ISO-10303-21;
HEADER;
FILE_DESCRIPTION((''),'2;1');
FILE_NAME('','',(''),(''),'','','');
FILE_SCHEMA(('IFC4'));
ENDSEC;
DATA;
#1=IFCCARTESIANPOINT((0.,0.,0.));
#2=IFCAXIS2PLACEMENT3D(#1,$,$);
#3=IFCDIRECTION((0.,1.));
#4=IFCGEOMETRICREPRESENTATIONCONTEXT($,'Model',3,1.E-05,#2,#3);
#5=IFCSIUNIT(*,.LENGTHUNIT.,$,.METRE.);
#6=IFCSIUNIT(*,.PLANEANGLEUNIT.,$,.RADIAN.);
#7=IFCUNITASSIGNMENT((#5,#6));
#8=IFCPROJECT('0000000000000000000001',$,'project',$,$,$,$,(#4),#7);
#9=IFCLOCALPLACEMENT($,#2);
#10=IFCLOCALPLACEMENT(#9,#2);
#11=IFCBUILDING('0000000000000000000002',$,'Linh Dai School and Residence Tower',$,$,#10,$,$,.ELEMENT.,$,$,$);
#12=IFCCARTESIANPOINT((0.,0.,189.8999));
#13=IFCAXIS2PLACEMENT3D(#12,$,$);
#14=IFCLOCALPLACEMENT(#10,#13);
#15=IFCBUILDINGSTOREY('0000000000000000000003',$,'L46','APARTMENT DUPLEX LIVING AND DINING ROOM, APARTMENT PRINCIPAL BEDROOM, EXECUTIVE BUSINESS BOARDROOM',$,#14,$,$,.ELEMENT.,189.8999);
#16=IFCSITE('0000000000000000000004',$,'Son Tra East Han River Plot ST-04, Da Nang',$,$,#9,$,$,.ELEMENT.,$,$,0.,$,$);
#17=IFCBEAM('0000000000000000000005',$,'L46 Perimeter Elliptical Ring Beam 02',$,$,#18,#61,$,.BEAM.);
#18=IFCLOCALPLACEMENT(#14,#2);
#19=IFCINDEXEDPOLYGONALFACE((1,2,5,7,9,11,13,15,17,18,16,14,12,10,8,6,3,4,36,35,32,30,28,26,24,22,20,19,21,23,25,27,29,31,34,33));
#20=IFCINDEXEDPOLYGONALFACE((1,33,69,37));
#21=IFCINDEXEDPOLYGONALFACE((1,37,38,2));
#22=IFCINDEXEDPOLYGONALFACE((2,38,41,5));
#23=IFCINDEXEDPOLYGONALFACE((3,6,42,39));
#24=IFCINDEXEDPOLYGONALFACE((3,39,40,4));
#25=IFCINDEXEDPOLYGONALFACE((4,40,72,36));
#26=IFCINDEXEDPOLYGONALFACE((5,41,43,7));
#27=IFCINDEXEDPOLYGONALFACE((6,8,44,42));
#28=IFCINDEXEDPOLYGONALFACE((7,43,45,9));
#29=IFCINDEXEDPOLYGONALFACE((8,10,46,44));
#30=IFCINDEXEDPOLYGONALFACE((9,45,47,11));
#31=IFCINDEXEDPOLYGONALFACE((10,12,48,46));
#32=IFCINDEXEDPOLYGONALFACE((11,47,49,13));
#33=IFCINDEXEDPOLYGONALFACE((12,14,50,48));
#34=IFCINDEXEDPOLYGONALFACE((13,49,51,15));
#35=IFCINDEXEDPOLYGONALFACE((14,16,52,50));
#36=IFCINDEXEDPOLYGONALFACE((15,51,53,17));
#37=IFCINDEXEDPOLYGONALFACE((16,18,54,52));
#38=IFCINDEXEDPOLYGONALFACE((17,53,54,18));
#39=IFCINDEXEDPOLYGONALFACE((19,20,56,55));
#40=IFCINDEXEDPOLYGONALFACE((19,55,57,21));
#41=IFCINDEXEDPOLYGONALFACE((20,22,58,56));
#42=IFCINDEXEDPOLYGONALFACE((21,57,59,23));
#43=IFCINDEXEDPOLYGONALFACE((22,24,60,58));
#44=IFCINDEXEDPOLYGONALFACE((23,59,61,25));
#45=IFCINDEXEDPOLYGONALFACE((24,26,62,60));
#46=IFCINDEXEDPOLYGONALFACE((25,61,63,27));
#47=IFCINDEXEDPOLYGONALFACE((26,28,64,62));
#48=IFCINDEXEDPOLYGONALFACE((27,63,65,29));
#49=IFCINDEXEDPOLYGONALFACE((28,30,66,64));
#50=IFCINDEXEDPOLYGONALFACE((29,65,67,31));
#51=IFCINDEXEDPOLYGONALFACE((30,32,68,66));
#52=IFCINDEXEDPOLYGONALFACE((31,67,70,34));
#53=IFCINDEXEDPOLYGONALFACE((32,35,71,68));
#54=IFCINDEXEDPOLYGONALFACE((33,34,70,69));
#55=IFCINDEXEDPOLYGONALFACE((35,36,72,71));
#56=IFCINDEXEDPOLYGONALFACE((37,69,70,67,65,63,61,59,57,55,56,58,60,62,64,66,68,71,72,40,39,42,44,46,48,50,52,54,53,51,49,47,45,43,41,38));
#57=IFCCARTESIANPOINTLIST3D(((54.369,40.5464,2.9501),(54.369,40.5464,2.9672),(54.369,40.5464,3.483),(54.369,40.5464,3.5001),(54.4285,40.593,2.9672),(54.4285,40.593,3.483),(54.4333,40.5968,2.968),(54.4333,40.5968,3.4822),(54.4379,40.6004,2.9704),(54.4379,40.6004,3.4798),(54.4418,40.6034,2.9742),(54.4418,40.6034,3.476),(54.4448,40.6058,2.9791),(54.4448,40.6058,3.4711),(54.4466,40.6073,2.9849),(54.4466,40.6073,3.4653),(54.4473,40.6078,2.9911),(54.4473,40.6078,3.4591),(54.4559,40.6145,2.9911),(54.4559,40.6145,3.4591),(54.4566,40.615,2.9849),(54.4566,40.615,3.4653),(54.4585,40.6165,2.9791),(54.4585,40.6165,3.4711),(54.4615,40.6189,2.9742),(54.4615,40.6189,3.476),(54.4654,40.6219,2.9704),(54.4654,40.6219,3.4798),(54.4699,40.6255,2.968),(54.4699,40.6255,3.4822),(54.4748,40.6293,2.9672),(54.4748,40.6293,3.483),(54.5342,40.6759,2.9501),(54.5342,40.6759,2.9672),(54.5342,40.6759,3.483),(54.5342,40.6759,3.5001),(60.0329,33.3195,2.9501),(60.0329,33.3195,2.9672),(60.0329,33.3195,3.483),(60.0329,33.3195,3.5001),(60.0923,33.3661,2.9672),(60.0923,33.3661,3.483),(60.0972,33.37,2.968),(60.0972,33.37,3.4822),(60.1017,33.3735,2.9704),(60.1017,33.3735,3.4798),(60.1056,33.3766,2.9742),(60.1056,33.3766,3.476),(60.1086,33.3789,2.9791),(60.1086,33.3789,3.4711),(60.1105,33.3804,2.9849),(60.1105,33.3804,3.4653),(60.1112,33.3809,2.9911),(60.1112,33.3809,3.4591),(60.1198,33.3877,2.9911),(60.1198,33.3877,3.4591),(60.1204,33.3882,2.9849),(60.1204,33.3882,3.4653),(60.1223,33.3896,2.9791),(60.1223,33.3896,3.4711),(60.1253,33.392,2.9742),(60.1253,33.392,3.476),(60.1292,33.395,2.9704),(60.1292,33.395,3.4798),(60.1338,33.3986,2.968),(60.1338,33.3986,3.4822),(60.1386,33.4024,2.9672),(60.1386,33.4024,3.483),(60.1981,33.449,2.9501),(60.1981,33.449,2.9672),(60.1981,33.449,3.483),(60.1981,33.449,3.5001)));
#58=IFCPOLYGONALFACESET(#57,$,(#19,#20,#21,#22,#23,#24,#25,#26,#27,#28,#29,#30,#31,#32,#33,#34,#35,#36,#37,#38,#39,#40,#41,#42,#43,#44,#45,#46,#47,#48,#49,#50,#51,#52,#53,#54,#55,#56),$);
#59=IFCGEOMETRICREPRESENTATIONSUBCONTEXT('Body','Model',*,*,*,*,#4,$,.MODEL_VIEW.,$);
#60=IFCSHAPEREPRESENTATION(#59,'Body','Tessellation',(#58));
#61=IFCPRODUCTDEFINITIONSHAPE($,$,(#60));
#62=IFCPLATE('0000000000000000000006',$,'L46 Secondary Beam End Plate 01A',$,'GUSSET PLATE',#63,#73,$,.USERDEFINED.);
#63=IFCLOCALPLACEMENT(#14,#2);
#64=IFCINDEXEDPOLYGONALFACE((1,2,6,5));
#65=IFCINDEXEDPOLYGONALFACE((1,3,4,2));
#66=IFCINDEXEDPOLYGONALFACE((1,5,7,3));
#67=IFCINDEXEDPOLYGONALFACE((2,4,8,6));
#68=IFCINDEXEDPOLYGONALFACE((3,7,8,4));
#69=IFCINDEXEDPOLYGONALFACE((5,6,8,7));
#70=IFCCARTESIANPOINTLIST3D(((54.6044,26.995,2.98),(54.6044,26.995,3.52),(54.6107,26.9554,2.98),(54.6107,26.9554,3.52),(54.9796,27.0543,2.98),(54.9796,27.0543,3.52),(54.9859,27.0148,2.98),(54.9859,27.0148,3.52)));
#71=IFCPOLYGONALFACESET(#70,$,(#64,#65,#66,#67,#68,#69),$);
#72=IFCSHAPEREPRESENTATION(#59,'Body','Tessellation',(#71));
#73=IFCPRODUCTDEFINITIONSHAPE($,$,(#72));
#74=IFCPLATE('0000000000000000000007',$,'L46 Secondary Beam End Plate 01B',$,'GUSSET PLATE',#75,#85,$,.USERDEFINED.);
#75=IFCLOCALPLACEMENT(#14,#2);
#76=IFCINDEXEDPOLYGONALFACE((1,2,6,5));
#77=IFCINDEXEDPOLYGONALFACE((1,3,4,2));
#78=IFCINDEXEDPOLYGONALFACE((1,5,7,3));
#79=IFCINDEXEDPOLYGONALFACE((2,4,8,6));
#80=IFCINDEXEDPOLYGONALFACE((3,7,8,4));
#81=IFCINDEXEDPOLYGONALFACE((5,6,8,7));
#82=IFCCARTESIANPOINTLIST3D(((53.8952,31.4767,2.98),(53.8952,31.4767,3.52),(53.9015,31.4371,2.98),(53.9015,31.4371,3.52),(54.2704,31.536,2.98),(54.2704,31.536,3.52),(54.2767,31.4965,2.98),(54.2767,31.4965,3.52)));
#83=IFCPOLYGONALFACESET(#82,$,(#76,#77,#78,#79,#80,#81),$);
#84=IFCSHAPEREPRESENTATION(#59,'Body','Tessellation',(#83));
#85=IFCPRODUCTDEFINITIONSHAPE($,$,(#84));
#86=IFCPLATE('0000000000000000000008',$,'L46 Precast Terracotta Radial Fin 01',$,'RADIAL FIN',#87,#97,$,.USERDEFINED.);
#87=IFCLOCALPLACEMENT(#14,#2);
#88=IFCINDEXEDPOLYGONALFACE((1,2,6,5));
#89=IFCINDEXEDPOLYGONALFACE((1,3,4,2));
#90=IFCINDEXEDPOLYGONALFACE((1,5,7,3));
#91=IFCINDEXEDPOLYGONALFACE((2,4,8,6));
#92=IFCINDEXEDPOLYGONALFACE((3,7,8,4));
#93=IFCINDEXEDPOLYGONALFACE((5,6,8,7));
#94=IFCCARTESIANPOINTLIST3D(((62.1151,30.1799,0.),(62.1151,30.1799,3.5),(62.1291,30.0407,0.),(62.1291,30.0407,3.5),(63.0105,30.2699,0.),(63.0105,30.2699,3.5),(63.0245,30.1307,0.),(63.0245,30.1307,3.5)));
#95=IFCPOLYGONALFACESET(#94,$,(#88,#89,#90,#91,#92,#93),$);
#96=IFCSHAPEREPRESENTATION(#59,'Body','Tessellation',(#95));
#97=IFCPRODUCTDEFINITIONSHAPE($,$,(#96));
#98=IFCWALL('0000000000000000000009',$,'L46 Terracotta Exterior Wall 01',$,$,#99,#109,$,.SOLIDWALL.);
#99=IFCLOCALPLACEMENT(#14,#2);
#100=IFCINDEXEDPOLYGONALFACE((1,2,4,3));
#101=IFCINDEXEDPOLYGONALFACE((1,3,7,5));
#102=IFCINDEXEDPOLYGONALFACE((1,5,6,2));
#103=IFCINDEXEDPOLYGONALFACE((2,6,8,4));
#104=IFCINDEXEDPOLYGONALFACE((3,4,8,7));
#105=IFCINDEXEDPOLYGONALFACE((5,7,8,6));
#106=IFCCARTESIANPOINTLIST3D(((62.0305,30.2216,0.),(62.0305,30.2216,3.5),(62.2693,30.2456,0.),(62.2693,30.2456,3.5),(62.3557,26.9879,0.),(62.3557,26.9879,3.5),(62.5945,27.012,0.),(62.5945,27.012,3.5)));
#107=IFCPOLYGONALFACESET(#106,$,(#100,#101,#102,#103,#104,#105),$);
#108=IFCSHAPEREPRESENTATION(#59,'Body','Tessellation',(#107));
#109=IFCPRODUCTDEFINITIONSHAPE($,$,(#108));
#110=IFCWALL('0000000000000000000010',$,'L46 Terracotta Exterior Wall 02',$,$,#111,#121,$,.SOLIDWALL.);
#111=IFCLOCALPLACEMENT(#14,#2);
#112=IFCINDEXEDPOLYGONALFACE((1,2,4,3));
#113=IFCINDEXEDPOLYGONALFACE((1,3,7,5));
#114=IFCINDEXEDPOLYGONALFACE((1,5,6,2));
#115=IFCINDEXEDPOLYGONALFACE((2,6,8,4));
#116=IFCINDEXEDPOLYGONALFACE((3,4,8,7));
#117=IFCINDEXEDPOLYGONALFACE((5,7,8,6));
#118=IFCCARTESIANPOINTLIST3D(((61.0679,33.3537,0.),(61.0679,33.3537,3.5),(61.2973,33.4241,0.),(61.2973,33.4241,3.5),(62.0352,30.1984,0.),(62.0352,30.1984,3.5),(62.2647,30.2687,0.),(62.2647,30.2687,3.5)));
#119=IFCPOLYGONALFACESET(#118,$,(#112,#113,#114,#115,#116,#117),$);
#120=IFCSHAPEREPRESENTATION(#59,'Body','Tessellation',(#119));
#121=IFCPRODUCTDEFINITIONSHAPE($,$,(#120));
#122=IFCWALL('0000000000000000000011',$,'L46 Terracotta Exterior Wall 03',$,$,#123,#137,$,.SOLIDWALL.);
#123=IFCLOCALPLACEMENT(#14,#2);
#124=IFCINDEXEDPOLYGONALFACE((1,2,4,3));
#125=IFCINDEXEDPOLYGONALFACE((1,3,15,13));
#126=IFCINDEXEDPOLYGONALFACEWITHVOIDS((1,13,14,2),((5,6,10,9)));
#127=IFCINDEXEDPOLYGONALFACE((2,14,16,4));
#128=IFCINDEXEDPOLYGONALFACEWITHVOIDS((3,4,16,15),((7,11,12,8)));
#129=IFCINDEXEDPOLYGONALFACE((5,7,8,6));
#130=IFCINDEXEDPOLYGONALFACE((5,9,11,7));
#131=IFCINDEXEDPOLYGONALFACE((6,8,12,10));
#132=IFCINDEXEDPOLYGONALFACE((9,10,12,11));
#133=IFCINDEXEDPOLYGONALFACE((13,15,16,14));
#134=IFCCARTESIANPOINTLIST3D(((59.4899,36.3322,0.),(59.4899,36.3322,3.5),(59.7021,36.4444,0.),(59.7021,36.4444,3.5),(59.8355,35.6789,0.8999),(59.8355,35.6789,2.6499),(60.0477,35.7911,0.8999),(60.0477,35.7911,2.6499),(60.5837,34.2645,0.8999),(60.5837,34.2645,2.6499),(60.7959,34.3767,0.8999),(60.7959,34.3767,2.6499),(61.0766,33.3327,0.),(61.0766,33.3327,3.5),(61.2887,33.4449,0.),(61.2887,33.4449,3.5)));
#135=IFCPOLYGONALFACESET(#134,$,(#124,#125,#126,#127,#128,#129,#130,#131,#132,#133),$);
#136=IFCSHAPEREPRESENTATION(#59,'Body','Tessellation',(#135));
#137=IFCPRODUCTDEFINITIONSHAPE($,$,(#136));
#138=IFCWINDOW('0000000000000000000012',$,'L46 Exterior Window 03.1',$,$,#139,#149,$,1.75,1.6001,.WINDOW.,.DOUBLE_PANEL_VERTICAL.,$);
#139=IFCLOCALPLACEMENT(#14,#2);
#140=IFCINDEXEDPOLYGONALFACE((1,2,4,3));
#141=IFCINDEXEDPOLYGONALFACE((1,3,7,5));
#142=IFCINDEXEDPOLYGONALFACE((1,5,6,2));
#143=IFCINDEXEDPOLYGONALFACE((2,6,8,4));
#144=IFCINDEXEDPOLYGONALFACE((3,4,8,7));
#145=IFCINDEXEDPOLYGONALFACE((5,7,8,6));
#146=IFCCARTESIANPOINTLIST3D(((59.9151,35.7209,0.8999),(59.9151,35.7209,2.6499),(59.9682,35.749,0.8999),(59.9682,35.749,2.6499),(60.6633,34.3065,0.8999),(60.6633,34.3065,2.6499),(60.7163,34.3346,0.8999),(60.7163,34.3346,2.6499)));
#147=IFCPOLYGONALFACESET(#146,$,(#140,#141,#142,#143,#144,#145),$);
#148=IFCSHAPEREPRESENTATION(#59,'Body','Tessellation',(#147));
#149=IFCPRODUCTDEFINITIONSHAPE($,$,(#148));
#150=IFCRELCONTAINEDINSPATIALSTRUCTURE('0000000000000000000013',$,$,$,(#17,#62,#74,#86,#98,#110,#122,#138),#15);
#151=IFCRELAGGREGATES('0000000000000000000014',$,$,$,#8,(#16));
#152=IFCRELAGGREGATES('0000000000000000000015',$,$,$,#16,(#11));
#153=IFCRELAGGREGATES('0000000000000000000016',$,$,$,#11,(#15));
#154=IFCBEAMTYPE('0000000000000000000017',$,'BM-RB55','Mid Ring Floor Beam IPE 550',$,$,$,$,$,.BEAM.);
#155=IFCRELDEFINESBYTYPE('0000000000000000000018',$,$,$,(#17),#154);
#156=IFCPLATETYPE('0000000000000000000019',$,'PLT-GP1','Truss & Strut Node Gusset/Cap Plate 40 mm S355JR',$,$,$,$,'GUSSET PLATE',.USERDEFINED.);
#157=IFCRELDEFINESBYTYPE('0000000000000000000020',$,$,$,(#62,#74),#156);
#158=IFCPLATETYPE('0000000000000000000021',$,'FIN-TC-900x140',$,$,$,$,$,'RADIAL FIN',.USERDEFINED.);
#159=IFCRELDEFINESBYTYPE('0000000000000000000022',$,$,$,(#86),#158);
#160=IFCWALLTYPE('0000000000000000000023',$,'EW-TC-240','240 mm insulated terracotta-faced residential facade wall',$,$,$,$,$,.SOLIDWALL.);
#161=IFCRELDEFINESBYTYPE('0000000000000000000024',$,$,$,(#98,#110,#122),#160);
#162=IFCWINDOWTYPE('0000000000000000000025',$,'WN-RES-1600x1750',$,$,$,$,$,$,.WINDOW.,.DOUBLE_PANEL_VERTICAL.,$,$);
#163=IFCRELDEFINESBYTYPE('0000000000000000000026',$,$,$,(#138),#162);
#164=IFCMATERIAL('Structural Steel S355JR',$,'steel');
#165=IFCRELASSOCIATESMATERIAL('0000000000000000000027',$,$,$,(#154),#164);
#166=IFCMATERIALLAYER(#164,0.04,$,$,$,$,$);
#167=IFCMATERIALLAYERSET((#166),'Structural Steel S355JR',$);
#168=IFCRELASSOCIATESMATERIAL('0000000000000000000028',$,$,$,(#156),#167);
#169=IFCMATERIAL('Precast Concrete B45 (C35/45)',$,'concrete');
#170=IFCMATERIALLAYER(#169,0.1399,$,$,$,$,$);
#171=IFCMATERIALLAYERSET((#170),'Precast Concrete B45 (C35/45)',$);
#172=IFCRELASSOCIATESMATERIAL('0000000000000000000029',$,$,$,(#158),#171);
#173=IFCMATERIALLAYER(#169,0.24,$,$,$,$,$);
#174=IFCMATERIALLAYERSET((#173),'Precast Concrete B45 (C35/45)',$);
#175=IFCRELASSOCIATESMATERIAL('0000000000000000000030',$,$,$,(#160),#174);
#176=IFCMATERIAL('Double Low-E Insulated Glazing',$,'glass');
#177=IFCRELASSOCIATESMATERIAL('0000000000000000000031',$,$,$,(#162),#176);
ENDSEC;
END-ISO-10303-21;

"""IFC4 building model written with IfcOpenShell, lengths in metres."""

from ifc_helpers import new_model, si_unit, direction, frame, frame_2d, origin, origin_2d, place, context, subcontext, project, spatial, rectangle, i_section, extrude, source, transform, mapped, material, layer, layer_set, material_profile, profile_set, type_object, element, fill, save


model = new_model("IFC4")

# Units and contexts
model_context = context("Model", 3, precision=1e-05, world=origin(), true_north=direction((0.0, 1.0)))
body_context = subcontext(model_context, "Body", "Model", "MODEL_VIEW")
ifc_project = project(units=[si_unit("LENGTHUNIT", "METRE"), si_unit("PLANEANGLEUNIT", "RADIAN")], contexts=[model_context])

# Site, building, storey
site_placement = place(None, origin())
site = spatial("IfcSite", under=ifc_project, at=site_placement, Name="Son Tra East Han River Plot ST-04, Da Nang", CompositionType="ELEMENT", RefElevation=0.0)
building_placement = place(site_placement, origin())
building = spatial("IfcBuilding", under=site, at=building_placement, Name="Linh Dai School and Residence Tower", CompositionType="ELEMENT")
storey_placement = place(building_placement, frame((0.0, 0.0, 189.8999)))
storey = spatial("IfcBuildingStorey", under=building, at=storey_placement, Name="L46", Description="APARTMENT DUPLEX LIVING AND DINING ROOM, APARTMENT PRINCIPAL BEDROOM, EXECUTIVE BUSINESS BOARDROOM", CompositionType="ELEMENT", Elevation=189.8999)

# Shared definitions
ifc_material_1 = material(Name="Structural Steel S355JR", Category="steel")

# Beam
ifc_material_profile_1 = material_profile(ifc_material_1, i_section(OverallWidth=0.21, OverallDepth=0.55, WebThickness=0.011, FlangeThickness=0.0171, FilletRadius=0.0239, at=origin_2d()), Name="IPE 550")
ifc_profile_set_1 = profile_set([ifc_material_profile_1], Name="Structural Steel S355JR")
beam_type_1 = type_object("IfcBeamType", Name="BM-RB55", Description="Mid Ring Floor Beam IPE 550", PredefinedType="BEAM", material=ifc_profile_set_1)
beam_1_placement = place(storey_placement, frame((60.1155, 33.3843, 3.2251), z_axis=(-0.616852, 0.787079, 0.0), x_axis=(-0.787079, -0.616852, 0.0)))
element("IfcBeam", 1, at=beam_1_placement, inside=storey, type_object=beam_type_1, Name="L46 Perimeter Elliptical Ring Beam 02", PredefinedType="BEAM", context=body_context, shape_type="SweptSolid", body=[
    extrude(i_section(OverallWidth=0.21, OverallDepth=0.55, WebThickness=0.011, FlangeThickness=0.0171, FilletRadius=0.0239, at=origin_2d()), origin(), (0.0, 0.0, 1.0), 9.1819),
])

# Plates
ifc_layer_1 = layer(ifc_material_1, 0.04)
ifc_layer_set_1 = layer_set([ifc_layer_1], Name="Structural Steel S355JR")
plate_type_1 = type_object("IfcPlateType", Name="PLT-GP1", Description="Truss & Strut Node Gusset/Cap Plate 40 mm S355JR", ElementType="GUSSET PLATE", PredefinedType="USERDEFINED", material=ifc_layer_set_1)
shared_shape_1 = source(origin(), body_context, "Body", "SweptSolid", [
    extrude(rectangle(XDim=0.04, YDim=0.3799, at=origin_2d()), origin(), (0.0, 0.0, 1.0), 0.54),
])
for number, where, z_axis, x_axis, name in (
    (2, (54.7952, 27.0049, 2.98), (0.0, 0.0, 1.0), (-0.156309, 0.987708, 0.0), "L46 Secondary Beam End Plate 01A"),
    (3, (54.0859, 31.4866, 2.98), (0.0, 0.0, 1.0), (-0.156309, 0.987708, 0.0), "L46 Secondary Beam End Plate 01B"),
):
    element("IfcPlate", number, at=place(storey_placement, frame(where, z_axis=z_axis, x_axis=x_axis)), inside=storey, type_object=plate_type_1, Name=name, ObjectType="GUSSET PLATE", PredefinedType="USERDEFINED", context=body_context, shape_type="MappedRepresentation", body=[
        mapped(shared_shape_1, transform((0.0, 0.0, 0.0), x_axis=(1.0, 0.0, 0.0), y_axis=(0.0, 1.0, 0.0), z_axis=(0.0, 0.0, 1.0), scale=1.0)),
    ])
ifc_material_2 = material(Name="Precast Concrete B45 (C35/45)", Category="concrete")
ifc_layer_2 = layer(ifc_material_2, 0.1399)
ifc_layer_set_2 = layer_set([ifc_layer_2], Name="Precast Concrete B45 (C35/45)")
plate_type_2 = type_object("IfcPlateType", Name="FIN-TC-900x140", ElementType="RADIAL FIN", PredefinedType="USERDEFINED", material=ifc_layer_set_2)
shared_shape_2 = source(origin(), body_context, "Body", "SweptSolid", [
    extrude(rectangle(XDim=0.8999, YDim=0.1399, at=origin_2d()), origin(), (0.0, 0.0, 1.0), 3.5),
])
plate_placement = place(storey_placement, frame((62.5698, 30.1553, 0.0), z_axis=(0.0, 0.0, 1.0), x_axis=(0.994987, 0.100002, 0.0)))
element("IfcPlate", 4, at=plate_placement, inside=storey, type_object=plate_type_2, Name="L46 Precast Terracotta Radial Fin 01", ObjectType="RADIAL FIN", PredefinedType="USERDEFINED", context=body_context, shape_type="MappedRepresentation", body=[
    mapped(shared_shape_2, transform((0.0, 0.0, 0.0), x_axis=(1.0, 0.0, 0.0), y_axis=(0.0, 1.0, 0.0), z_axis=(0.0, 0.0, 1.0), scale=1.0)),
])

# Walls
ifc_layer_3 = layer(ifc_material_2, 0.24)
ifc_layer_set_3 = layer_set([ifc_layer_3], Name="Precast Concrete B45 (C35/45)")
wall_type_1 = type_object("IfcWallType", Name="EW-TC-240", Description="240 mm insulated terracotta-faced residential facade wall", PredefinedType="SOLIDWALL", material=ifc_layer_set_3)
wall_1_placement = place(storey_placement, frame((62.1499, 30.2336, 0.0), z_axis=(0.0, 0.0, 1.0), x_axis=(0.100062, -0.994981, 0.0)))
element("IfcWall", 5, at=wall_1_placement, inside=storey, type_object=wall_type_1, Name="L46 Terracotta Exterior Wall 01", PredefinedType="SOLIDWALL", context=body_context, shape_type="SweptSolid", body=[
    extrude(rectangle(XDim=3.25, YDim=0.24, at=frame_2d((1.625, 0.0))), origin(), (0.0, 0.0, 1.0), 3.5),
])
wall_2_placement = place(storey_placement, frame((61.1826, 33.3889, 0.0), z_axis=(0.0, 0.0, 1.0), x_axis=(0.293098, -0.956082, 0.0)))
element("IfcWall", 6, at=wall_2_placement, inside=storey, type_object=wall_type_1, Name="L46 Terracotta Exterior Wall 02", PredefinedType="SOLIDWALL", context=body_context, shape_type="SweptSolid", body=[
    extrude(rectangle(XDim=3.3003, YDim=0.24, at=frame_2d((1.6501, 0.0))), origin(), (0.0, 0.0, 1.0), 3.5),
])

# Wall, opening, window
wall_3_placement = place(storey_placement, frame((59.5959, 36.3884, 0.0), z_axis=(0.0, 0.0, 1.0), x_axis=(0.467587, -0.883947, 0.0)))
wall_3 = element("IfcWall", 7, at=wall_3_placement, inside=storey, type_object=wall_type_1, Name="L46 Terracotta Exterior Wall 03", PredefinedType="SOLIDWALL", context=body_context, shape_type="SweptSolid", body=[
    extrude(rectangle(XDim=3.3933, YDim=0.24, at=frame_2d((1.6968, 0.0))), origin(), (0.0, 0.0, 1.0), 3.5),
])
opening_1_placement = place(wall_3_placement, frame((0.7393, 0.0, 0.8999)))
opening_1 = element("IfcOpeningElement", 8, at=opening_1_placement, cuts=wall_3, PredefinedType="OPENING", context=body_context, shape_type="SweptSolid", body=[
    extrude(rectangle(XDim=1.6001, YDim=1.75, at=origin_2d()), frame((0.8, 0.1299, 0.875), z_axis=(0.0, -1.0, 0.0), x_axis=(1.0, 0.0, 0.0)), (0.0, 0.0, 1.0), 0.26),
])
ifc_material_3 = material(Name="Double Low-E Insulated Glazing", Category="glass")
window_type = type_object("IfcWindowType", Name="WN-RES-1600x1750", PartitioningType="DOUBLE_PANEL_VERTICAL", PredefinedType="WINDOW", material=ifc_material_3)
shared_shape_3 = source(origin(), body_context, "Body", "SweptSolid", [
    extrude(rectangle(XDim=1.6001, YDim=1.75, at=origin_2d()), frame((0.8, 0.03, 0.875), z_axis=(0.0, -1.0, 0.0), x_axis=(1.0, 0.0, 0.0)), (0.0, 0.0, 1.0), 0.0601),
])
window_placement = place(opening_1_placement, origin())
window = element("IfcWindow", 9, at=window_placement, inside=storey, type_object=window_type, Name="L46 Exterior Window 03.1", OverallHeight=1.75, OverallWidth=1.6001, PartitioningType="DOUBLE_PANEL_VERTICAL", PredefinedType="WINDOW", context=body_context, shape_type="MappedRepresentation", body=[
    mapped(shared_shape_3, transform((0.0, 0.0, 0.0), x_axis=(1.0, 0.0, 0.0), y_axis=(0.0, 1.0, 0.0), z_axis=(0.0, 0.0, 1.0), scale=1.0)),
])
fill(opening_1, window)

save(model, "model.ifc")
